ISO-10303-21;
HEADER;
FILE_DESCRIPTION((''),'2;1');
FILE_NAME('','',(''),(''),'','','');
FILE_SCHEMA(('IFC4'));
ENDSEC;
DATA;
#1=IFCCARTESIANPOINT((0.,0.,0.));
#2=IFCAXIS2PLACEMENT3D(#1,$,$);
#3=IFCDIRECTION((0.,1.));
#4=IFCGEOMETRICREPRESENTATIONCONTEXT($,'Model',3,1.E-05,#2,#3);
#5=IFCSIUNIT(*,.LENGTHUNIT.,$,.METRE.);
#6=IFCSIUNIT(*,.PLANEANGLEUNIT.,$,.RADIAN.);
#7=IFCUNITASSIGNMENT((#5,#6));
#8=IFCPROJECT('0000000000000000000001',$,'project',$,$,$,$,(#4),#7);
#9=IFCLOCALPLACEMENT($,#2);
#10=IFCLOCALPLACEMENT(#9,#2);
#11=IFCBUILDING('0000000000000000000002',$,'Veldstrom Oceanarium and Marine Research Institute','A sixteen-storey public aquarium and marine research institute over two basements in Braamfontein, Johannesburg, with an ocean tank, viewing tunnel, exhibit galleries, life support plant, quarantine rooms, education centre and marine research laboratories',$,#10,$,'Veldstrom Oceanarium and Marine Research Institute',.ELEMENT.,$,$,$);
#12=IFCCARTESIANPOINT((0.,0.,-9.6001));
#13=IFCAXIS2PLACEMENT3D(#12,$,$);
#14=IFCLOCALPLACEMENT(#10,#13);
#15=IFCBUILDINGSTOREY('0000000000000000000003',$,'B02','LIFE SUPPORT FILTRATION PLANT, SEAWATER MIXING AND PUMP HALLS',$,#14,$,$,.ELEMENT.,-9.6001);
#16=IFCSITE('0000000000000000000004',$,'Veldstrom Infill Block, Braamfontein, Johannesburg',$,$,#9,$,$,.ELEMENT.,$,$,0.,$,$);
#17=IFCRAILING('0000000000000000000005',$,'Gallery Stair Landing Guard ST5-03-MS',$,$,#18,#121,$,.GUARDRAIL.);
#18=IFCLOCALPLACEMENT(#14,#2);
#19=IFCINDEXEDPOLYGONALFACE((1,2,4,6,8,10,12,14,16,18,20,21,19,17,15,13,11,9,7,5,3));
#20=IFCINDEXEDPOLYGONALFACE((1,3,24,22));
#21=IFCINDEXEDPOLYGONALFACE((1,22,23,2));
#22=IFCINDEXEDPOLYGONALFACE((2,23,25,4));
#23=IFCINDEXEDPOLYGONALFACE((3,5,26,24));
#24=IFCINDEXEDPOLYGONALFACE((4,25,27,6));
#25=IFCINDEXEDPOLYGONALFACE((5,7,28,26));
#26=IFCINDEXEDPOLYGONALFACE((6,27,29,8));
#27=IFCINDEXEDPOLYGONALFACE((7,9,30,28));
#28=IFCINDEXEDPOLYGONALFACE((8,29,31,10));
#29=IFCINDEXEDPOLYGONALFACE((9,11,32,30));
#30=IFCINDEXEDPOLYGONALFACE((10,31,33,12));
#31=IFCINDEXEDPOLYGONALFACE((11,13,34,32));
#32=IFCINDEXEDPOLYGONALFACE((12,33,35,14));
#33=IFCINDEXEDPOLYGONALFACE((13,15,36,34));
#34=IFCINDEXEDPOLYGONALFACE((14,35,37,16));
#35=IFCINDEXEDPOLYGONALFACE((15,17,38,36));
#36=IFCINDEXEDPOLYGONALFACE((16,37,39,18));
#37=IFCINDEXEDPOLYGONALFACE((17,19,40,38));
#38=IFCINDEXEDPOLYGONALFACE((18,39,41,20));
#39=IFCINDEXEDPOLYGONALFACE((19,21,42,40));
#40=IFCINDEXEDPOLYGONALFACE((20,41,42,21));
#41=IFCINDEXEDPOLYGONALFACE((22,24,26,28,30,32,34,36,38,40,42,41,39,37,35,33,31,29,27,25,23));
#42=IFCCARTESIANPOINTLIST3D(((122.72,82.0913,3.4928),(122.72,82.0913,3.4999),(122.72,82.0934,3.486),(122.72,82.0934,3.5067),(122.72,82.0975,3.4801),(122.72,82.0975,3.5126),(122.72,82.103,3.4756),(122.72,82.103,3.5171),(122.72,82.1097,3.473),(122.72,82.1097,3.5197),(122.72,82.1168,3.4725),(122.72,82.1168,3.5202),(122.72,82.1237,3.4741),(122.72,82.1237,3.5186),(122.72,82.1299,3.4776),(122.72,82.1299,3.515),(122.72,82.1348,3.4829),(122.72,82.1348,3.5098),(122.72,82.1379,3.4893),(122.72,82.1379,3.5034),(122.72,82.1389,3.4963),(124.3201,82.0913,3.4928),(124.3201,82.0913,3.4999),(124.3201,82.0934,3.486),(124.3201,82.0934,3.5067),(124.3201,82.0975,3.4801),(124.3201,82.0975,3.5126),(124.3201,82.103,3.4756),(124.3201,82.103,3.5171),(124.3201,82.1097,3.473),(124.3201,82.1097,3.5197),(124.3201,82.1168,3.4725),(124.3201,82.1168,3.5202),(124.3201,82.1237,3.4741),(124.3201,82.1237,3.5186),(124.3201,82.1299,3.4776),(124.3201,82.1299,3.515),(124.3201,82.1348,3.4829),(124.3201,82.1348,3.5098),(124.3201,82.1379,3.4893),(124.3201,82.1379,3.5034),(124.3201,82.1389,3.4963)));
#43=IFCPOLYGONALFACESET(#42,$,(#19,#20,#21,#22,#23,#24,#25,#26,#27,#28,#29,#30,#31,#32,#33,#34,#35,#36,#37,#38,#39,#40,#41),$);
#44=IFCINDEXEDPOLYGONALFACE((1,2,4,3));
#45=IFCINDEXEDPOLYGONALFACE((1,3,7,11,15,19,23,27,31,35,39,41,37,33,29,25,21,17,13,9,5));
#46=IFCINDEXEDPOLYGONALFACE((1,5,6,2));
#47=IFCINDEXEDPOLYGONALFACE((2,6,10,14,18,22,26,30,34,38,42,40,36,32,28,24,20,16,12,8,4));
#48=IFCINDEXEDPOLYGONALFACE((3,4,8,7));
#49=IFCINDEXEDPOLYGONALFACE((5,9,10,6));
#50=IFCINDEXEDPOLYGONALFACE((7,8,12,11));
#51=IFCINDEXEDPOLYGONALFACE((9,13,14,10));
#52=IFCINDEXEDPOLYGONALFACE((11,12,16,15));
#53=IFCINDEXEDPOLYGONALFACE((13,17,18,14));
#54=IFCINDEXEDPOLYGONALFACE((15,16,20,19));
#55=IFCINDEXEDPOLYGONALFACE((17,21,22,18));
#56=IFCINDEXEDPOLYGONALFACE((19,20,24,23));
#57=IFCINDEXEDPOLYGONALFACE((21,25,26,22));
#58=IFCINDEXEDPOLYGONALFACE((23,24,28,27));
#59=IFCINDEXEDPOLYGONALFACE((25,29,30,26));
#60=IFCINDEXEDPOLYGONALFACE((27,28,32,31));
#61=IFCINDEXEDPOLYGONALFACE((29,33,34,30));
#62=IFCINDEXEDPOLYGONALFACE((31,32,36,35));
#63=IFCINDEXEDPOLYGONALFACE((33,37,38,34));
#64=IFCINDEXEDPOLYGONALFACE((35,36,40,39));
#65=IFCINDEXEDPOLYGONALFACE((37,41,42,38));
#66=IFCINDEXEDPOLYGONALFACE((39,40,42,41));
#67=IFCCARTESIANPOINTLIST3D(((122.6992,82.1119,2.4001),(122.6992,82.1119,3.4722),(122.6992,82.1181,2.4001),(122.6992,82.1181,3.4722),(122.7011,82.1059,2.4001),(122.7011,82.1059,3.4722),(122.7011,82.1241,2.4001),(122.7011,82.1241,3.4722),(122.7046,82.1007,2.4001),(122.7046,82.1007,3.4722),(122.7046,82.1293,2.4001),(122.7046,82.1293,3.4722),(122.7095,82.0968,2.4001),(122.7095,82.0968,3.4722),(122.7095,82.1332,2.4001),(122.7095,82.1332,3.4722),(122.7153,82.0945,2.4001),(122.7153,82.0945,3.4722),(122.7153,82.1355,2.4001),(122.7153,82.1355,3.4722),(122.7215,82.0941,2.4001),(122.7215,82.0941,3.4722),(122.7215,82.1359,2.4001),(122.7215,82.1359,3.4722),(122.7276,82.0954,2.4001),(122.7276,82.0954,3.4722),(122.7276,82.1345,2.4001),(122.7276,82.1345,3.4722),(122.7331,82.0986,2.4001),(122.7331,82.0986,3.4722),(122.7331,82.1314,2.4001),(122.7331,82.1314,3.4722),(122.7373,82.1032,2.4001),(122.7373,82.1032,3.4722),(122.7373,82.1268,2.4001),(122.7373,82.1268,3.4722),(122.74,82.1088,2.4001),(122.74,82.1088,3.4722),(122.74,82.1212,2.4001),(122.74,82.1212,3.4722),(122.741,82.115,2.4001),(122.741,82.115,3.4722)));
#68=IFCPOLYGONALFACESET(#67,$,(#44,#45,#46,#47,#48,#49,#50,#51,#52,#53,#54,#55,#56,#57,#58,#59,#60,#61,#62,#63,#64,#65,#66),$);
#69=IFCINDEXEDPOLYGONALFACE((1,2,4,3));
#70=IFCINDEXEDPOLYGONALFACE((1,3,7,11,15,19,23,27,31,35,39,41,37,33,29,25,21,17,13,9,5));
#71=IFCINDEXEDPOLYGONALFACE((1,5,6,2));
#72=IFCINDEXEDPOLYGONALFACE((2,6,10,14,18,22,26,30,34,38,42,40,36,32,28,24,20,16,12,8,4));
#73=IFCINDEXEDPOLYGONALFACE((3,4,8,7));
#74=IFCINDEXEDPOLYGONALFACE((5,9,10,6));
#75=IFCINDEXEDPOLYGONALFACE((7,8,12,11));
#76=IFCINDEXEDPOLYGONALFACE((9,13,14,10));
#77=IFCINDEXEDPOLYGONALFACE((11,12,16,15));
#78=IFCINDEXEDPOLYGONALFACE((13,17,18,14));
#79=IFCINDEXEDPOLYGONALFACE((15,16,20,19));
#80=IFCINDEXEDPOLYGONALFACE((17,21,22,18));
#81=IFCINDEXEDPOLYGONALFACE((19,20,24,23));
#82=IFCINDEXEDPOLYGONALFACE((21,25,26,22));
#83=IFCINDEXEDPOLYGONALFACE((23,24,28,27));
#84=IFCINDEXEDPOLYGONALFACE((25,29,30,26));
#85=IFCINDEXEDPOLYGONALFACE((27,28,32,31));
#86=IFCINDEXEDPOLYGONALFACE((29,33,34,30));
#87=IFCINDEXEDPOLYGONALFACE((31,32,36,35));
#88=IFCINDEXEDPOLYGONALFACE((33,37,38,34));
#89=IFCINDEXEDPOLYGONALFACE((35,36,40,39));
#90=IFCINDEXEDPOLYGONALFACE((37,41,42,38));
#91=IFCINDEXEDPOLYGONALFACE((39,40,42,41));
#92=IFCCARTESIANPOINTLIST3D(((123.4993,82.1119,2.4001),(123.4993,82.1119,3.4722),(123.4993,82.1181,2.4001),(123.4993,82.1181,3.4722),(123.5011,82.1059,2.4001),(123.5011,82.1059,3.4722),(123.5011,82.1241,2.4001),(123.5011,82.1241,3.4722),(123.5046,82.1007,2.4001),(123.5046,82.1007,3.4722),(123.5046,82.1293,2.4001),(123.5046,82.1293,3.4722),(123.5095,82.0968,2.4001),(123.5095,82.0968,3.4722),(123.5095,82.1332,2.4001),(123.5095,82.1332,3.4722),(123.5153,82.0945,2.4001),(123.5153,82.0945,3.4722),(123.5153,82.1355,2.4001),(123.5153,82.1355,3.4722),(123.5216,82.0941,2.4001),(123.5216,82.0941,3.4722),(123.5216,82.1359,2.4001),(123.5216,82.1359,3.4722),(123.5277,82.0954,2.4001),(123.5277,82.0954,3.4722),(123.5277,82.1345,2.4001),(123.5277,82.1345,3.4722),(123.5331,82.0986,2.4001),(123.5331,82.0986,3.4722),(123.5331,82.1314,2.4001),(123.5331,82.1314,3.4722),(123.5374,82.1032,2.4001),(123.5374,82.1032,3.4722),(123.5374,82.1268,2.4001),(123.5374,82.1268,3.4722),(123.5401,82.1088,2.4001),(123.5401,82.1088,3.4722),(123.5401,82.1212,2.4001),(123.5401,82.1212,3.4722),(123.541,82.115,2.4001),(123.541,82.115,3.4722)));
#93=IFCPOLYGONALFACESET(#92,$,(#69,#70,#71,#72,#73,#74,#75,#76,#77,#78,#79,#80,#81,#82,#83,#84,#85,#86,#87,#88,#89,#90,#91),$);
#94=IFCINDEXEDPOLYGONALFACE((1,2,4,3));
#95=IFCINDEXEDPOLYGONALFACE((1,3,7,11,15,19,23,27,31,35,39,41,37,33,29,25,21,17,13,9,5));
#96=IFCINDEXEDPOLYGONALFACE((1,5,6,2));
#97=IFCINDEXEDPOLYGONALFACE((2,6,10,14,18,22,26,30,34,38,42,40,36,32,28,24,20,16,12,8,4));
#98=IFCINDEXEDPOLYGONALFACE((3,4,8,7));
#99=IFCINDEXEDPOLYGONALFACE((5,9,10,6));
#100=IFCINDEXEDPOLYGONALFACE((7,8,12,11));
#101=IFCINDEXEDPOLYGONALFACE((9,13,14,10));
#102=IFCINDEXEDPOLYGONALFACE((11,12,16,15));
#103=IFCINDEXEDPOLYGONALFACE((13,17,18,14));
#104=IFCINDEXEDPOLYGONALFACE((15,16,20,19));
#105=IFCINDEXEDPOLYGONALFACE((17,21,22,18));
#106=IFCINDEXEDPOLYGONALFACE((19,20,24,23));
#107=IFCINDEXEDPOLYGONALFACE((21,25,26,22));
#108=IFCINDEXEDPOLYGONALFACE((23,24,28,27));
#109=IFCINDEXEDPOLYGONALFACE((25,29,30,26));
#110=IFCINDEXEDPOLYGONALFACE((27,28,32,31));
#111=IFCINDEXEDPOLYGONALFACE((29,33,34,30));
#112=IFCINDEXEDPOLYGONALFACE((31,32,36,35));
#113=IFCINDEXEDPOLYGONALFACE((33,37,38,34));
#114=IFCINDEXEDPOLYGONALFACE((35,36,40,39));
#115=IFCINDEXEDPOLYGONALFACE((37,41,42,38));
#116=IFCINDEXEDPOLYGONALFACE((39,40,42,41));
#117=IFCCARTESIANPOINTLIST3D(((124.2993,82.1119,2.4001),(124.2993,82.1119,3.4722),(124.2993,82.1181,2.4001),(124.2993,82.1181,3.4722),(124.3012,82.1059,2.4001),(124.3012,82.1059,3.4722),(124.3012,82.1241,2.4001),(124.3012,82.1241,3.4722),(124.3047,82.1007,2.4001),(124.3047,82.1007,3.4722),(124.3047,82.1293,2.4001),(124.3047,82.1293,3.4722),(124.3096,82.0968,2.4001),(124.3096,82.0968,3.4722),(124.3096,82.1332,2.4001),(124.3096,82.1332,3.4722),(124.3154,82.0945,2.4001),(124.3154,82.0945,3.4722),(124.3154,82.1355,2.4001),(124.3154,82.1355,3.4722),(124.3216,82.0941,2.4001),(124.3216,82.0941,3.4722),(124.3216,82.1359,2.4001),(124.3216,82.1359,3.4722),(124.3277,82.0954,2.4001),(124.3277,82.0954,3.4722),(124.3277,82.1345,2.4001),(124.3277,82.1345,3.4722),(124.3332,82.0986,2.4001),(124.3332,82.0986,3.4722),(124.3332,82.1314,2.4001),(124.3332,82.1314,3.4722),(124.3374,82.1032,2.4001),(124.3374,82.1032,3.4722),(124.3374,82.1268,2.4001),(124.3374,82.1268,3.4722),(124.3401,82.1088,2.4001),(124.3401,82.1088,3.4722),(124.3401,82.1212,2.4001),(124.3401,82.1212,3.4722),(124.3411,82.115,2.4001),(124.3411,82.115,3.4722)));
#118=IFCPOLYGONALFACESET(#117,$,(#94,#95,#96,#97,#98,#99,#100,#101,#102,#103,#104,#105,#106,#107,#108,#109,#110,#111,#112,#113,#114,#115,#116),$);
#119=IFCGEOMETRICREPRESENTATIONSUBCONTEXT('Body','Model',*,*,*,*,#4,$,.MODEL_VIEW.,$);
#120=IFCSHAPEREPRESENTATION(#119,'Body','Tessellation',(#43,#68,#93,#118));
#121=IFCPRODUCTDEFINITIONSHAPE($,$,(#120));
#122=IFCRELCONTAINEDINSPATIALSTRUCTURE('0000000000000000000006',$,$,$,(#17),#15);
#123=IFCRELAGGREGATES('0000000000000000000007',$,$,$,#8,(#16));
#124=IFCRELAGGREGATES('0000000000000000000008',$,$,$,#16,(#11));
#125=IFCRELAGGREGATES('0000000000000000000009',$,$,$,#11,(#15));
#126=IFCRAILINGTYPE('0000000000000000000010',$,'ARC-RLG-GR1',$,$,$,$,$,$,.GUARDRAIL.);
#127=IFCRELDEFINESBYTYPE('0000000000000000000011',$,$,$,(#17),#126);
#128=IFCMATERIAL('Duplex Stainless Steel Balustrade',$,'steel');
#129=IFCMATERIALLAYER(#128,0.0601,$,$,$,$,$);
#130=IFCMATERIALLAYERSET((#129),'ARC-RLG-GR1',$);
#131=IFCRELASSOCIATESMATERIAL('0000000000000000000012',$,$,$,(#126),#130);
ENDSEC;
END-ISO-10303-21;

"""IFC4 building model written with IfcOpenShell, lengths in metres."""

from ifc_helpers import new_model, si_unit, direction, frame, origin, origin_2d, place, context, subcontext, project, spatial, circle, extrude, material, layer, layer_set, type_object, element, save


model = new_model("IFC4")

# Units and contexts
model_context = context("Model", 3, precision=1e-05, world=origin(), true_north=direction((0.0, 1.0)))
body_context = subcontext(model_context, "Body", "Model", "MODEL_VIEW")
ifc_project = project(units=[si_unit("LENGTHUNIT", "METRE"), si_unit("PLANEANGLEUNIT", "RADIAN")], contexts=[model_context])

# Site, building, storey
site_placement = place(None, origin())
site = spatial("IfcSite", under=ifc_project, at=site_placement, Name="Veldstrom Infill Block, Braamfontein, Johannesburg", CompositionType="ELEMENT", RefElevation=0.0)
building_placement = place(site_placement, origin())
building = spatial("IfcBuilding", under=site, at=building_placement, Name="Veldstrom Oceanarium and Marine Research Institute", Description="A sixteen-storey public aquarium and marine research institute over two basements in Braamfontein, Johannesburg, with an ocean tank, viewing tunnel, exhibit galleries, life support plant, quarantine rooms, education centre and marine research laboratories", LongName="Veldstrom Oceanarium and Marine Research Institute", CompositionType="ELEMENT")
storey_placement = place(building_placement, frame((0.0, 0.0, -9.6001)))
storey = spatial("IfcBuildingStorey", under=building, at=storey_placement, Name="B02", Description="LIFE SUPPORT FILTRATION PLANT, SEAWATER MIXING AND PUMP HALLS", CompositionType="ELEMENT", Elevation=-9.6001)

# Railing
ifc_material_1 = material(Name="Duplex Stainless Steel Balustrade", Category="steel")
ifc_layer_1 = layer(ifc_material_1, 0.0601)
ifc_layer_set_1 = layer_set([ifc_layer_1], Name="ARC-RLG-GR1")
railing_type = type_object("IfcRailingType", Name="ARC-RLG-GR1", PredefinedType="GUARDRAIL", material=ifc_layer_set_1)
railing_1_placement = place(storey_placement, frame((122.72, 82.115, 2.4001)))
element("IfcRailing", 1, at=railing_1_placement, inside=storey, type_object=railing_type, Name="Gallery Stair Landing Guard ST5-03-MS", PredefinedType="GUARDRAIL", context=body_context, shape_type="SweptSolid", body=[
    extrude(circle(Radius=0.0239, at=origin_2d()), frame((0.0, 0.0, 1.0962), z_axis=(1.0, 0.0, 0.0), x_axis=(0.0, 1.0, 0.0)), (0.0, 0.0, 1.0), 1.6001),
    extrude(circle(Radius=0.021, at=origin_2d()), origin(), (0.0, 0.0, 1.0), 1.072),
    extrude(circle(Radius=0.021, at=origin_2d()), frame((0.8, 0.0, 0.0)), (0.0, 0.0, 1.0), 1.072),
    extrude(circle(Radius=0.021, at=origin_2d()), frame((1.6001, 0.0, 0.0)), (0.0, 0.0, 1.0), 1.072),
])

save(model, "model.ifc")
